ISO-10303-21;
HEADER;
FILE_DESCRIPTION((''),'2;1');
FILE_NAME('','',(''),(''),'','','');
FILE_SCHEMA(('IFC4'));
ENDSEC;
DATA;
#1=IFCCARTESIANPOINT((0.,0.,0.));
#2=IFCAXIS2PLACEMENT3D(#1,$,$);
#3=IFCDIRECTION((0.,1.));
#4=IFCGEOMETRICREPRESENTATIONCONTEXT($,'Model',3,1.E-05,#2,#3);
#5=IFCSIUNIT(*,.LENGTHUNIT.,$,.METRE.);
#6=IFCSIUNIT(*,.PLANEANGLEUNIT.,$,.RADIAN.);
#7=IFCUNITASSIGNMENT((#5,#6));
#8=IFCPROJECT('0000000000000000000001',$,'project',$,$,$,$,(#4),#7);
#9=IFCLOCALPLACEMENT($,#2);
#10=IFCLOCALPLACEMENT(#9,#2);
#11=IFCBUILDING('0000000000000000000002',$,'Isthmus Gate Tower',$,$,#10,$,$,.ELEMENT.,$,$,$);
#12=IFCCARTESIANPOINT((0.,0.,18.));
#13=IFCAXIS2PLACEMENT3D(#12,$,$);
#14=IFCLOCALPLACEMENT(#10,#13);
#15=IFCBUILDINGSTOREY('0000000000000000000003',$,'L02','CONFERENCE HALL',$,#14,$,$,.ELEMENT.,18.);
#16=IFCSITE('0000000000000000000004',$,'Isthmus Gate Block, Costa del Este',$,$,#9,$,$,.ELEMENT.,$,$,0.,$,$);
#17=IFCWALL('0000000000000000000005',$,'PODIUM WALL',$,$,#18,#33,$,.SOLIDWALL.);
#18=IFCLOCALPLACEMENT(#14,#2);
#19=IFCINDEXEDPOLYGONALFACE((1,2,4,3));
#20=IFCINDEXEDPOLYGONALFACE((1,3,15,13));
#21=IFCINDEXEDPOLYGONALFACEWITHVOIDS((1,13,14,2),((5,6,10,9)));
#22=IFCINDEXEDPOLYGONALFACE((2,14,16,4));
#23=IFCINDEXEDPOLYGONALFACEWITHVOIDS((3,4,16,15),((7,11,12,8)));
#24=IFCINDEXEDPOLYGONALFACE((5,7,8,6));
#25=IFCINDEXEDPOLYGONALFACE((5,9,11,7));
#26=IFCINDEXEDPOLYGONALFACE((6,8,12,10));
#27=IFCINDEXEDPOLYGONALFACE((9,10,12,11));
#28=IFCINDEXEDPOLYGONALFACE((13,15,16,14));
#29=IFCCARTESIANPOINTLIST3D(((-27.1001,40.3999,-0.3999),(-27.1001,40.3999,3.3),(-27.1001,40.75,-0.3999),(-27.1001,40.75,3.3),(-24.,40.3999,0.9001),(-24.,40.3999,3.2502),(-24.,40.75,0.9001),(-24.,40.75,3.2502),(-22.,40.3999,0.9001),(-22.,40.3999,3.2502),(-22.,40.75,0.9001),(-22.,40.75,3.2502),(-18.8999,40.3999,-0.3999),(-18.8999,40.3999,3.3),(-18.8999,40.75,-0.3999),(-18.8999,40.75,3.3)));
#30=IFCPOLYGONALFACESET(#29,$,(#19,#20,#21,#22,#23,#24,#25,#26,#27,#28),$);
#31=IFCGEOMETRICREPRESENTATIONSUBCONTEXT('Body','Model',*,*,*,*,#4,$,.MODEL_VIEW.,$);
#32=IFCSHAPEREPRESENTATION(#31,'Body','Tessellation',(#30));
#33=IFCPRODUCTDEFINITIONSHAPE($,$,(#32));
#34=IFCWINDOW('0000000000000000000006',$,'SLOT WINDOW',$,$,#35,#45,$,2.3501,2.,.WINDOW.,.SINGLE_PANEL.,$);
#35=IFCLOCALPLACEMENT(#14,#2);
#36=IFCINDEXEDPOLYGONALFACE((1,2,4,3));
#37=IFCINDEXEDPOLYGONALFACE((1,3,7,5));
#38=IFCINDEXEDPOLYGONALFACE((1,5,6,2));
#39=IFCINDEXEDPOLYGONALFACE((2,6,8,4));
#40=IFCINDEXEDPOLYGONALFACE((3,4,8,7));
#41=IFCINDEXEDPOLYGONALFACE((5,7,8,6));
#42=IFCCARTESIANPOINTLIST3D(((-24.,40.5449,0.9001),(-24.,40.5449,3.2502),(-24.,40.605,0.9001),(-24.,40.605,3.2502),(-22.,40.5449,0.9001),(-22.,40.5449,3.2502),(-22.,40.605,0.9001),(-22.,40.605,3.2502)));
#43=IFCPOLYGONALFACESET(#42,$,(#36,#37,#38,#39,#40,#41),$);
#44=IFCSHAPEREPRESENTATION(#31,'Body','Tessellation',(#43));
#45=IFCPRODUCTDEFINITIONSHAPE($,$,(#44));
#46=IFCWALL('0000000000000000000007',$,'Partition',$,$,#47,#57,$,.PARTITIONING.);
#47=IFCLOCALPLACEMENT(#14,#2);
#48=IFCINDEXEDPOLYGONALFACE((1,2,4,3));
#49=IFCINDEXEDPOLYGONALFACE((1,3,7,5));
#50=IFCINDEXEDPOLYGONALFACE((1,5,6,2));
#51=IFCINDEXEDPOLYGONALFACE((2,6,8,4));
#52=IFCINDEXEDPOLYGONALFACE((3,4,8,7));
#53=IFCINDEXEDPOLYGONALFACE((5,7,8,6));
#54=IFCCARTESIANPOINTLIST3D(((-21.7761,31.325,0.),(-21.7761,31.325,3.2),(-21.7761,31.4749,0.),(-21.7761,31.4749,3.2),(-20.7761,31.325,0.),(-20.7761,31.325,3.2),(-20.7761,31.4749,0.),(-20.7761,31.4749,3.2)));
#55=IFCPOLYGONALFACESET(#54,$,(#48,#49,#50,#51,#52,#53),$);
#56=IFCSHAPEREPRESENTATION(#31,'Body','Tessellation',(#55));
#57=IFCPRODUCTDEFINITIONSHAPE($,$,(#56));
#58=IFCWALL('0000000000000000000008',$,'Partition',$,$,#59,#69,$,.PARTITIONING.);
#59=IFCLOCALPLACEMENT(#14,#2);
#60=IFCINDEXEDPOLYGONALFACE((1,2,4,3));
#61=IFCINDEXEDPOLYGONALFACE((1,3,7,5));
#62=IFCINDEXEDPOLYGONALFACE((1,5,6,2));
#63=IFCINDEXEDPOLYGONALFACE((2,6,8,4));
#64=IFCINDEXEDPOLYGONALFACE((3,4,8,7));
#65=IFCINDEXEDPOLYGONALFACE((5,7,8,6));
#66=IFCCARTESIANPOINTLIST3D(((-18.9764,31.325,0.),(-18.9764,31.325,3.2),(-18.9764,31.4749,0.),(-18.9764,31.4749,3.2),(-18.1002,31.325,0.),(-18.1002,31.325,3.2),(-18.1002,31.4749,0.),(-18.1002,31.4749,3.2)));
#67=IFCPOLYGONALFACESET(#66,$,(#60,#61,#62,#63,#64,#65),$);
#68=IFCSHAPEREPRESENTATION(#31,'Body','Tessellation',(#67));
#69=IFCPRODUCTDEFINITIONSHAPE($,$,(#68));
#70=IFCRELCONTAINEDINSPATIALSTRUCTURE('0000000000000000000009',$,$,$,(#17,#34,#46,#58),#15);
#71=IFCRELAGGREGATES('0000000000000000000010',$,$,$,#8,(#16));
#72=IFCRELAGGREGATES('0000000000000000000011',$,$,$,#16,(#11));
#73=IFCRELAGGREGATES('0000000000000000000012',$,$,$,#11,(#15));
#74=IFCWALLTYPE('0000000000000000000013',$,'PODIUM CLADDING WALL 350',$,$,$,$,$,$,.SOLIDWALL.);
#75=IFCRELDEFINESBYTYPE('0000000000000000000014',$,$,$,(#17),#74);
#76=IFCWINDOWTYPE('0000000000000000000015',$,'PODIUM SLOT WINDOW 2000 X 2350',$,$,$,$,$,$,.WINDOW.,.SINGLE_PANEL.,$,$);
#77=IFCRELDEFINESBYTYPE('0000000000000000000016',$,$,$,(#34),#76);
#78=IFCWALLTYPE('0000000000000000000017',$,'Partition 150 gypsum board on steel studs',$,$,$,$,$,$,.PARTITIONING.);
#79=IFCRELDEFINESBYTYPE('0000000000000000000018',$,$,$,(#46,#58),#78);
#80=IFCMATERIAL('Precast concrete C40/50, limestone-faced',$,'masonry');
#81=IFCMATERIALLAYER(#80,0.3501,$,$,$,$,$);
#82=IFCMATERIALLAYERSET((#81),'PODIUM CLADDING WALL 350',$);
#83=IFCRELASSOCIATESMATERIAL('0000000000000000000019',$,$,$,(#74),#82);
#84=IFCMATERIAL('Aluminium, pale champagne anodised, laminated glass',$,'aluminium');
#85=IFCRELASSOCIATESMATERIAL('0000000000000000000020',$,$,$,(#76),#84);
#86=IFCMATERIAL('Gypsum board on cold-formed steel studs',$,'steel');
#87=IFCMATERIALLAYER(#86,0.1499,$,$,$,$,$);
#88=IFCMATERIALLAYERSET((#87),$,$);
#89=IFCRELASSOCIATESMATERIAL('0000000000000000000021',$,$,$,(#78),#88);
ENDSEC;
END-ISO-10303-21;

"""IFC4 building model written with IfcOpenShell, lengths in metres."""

from ifc_helpers import new_model, si_unit, direction, frame, frame_2d, origin, place, context, subcontext, project, spatial, rectangle, extrude, material, layer, layer_set, type_object, element, fill, save


model = new_model("IFC4")

# Units and contexts
model_context = context("Model", 3, precision=1e-05, world=origin(), true_north=direction((0.0, 1.0)))
body_context = subcontext(model_context, "Body", "Model", "MODEL_VIEW")
ifc_project = project(units=[si_unit("LENGTHUNIT", "METRE"), si_unit("PLANEANGLEUNIT", "RADIAN")], contexts=[model_context])

# Site, building, storey
site_placement = place(None, origin())
site = spatial("IfcSite", under=ifc_project, at=site_placement, Name="Isthmus Gate Block, Costa del Este", CompositionType="ELEMENT", RefElevation=0.0)
building_placement = place(site_placement, origin())
building = spatial("IfcBuilding", under=site, at=building_placement, Name="Isthmus Gate Tower", CompositionType="ELEMENT")
storey_placement = place(building_placement, frame((0.0, 0.0, 18.0)))
storey = spatial("IfcBuildingStorey", under=building, at=storey_placement, Name="L02", Description="CONFERENCE HALL", CompositionType="ELEMENT", Elevation=18.0)

# Wall, opening, window
ifc_material_1 = material(Name="Precast concrete C40/50, limestone-faced", Category="masonry")
ifc_layer_1 = layer(ifc_material_1, 0.3501)
ifc_layer_set_1 = layer_set([ifc_layer_1], Name="PODIUM CLADDING WALL 350")
wall_type_1 = type_object("IfcWallType", Name="PODIUM CLADDING WALL 350", PredefinedType="SOLIDWALL", material=ifc_layer_set_1)
ifc_material_2 = material(Name="Aluminium, pale champagne anodised, laminated glass", Category="aluminium")
window_type = type_object("IfcWindowType", Name="PODIUM SLOT WINDOW 2000 X 2350", PartitioningType="SINGLE_PANEL", PredefinedType="WINDOW", material=ifc_material_2)
wall_1_placement = place(storey_placement, frame((-18.8999, 40.575, -0.3999), z_axis=(0.0, 0.0, 1.0), x_axis=(-1.0, 0.0, 0.0)))
wall_1 = element("IfcWall", 1, at=wall_1_placement, inside=storey, type_object=wall_type_1, Name="PODIUM WALL", PredefinedType="SOLIDWALL", context=body_context, shape_type="SweptSolid", body=[
    extrude(rectangle(XDim=8.2002, YDim=0.3501, at=frame_2d((4.1001, 0.0))), origin(), (0.0, 0.0, 1.0), 3.7),
])
opening_1_placement = place(wall_1_placement, frame((3.1001, 0.0, 1.3)))
opening_1 = element("IfcOpeningElement", 2, at=opening_1_placement, cuts=wall_1, PredefinedType="OPENING", context=body_context, shape_type="SweptSolid", body=[
    extrude(rectangle(XDim=2.0, YDim=2.3501, at=frame_2d((1.0, 1.175))), frame((0.0, 0.1851, 0.0), z_axis=(0.0, -1.0, 0.0), x_axis=(1.0, 0.0, 0.0)), (0.0, 0.0, 1.0), 0.3701),
])
window_1_placement = place(opening_1_placement, origin())
window_1 = element("IfcWindow", 3, at=window_1_placement, inside=storey, type_object=window_type, Name="SLOT WINDOW", OverallHeight=2.3501, OverallWidth=2.0, PartitioningType="SINGLE_PANEL", PredefinedType="WINDOW", context=body_context, shape_type="SweptSolid", body=[
    extrude(rectangle(XDim=2.0, YDim=2.3501, at=frame_2d((1.0, 1.175))), frame((0.0, 0.03, 0.0), z_axis=(0.0, -1.0, 0.0), x_axis=(1.0, 0.0, 0.0)), (0.0, 0.0, 1.0), 0.0601),
])
fill(opening_1, window_1)

# Walls
ifc_material_3 = material(Name="Gypsum board on cold-formed steel studs", Category="steel")
ifc_layer_2 = layer(ifc_material_3, 0.1499)
ifc_layer_set_2 = layer_set([ifc_layer_2])
wall_type_2 = type_object("IfcWallType", Name="Partition 150 gypsum board on steel studs", PredefinedType="PARTITIONING", material=ifc_layer_set_2)
wall_2_placement = place(storey_placement, frame((-21.7761, 31.3999, 0.0), z_axis=(0.0, 0.0, 1.0), x_axis=(1.0, 0.0, 0.0)))
element("IfcWall", 4, at=wall_2_placement, inside=storey, type_object=wall_type_2, Name="Partition", PredefinedType="PARTITIONING", context=body_context, shape_type="SweptSolid", body=[
    extrude(rectangle(XDim=1.0, YDim=0.1499, at=frame_2d((0.5, 0.0))), origin(), (0.0, 0.0, 1.0), 3.2),
])
wall_3_placement = place(storey_placement, frame((-18.9763, 31.3999, 0.0), z_axis=(0.0, 0.0, 1.0), x_axis=(1.0, 0.0, 0.0)))
element("IfcWall", 5, at=wall_3_placement, inside=storey, type_object=wall_type_2, Name="Partition", PredefinedType="PARTITIONING", context=body_context, shape_type="SweptSolid", body=[
    extrude(rectangle(XDim=0.8762, YDim=0.1499, at=frame_2d((0.438, 0.0))), origin(), (0.0, 0.0, 1.0), 3.2),
])

save(model, "model.ifc")
